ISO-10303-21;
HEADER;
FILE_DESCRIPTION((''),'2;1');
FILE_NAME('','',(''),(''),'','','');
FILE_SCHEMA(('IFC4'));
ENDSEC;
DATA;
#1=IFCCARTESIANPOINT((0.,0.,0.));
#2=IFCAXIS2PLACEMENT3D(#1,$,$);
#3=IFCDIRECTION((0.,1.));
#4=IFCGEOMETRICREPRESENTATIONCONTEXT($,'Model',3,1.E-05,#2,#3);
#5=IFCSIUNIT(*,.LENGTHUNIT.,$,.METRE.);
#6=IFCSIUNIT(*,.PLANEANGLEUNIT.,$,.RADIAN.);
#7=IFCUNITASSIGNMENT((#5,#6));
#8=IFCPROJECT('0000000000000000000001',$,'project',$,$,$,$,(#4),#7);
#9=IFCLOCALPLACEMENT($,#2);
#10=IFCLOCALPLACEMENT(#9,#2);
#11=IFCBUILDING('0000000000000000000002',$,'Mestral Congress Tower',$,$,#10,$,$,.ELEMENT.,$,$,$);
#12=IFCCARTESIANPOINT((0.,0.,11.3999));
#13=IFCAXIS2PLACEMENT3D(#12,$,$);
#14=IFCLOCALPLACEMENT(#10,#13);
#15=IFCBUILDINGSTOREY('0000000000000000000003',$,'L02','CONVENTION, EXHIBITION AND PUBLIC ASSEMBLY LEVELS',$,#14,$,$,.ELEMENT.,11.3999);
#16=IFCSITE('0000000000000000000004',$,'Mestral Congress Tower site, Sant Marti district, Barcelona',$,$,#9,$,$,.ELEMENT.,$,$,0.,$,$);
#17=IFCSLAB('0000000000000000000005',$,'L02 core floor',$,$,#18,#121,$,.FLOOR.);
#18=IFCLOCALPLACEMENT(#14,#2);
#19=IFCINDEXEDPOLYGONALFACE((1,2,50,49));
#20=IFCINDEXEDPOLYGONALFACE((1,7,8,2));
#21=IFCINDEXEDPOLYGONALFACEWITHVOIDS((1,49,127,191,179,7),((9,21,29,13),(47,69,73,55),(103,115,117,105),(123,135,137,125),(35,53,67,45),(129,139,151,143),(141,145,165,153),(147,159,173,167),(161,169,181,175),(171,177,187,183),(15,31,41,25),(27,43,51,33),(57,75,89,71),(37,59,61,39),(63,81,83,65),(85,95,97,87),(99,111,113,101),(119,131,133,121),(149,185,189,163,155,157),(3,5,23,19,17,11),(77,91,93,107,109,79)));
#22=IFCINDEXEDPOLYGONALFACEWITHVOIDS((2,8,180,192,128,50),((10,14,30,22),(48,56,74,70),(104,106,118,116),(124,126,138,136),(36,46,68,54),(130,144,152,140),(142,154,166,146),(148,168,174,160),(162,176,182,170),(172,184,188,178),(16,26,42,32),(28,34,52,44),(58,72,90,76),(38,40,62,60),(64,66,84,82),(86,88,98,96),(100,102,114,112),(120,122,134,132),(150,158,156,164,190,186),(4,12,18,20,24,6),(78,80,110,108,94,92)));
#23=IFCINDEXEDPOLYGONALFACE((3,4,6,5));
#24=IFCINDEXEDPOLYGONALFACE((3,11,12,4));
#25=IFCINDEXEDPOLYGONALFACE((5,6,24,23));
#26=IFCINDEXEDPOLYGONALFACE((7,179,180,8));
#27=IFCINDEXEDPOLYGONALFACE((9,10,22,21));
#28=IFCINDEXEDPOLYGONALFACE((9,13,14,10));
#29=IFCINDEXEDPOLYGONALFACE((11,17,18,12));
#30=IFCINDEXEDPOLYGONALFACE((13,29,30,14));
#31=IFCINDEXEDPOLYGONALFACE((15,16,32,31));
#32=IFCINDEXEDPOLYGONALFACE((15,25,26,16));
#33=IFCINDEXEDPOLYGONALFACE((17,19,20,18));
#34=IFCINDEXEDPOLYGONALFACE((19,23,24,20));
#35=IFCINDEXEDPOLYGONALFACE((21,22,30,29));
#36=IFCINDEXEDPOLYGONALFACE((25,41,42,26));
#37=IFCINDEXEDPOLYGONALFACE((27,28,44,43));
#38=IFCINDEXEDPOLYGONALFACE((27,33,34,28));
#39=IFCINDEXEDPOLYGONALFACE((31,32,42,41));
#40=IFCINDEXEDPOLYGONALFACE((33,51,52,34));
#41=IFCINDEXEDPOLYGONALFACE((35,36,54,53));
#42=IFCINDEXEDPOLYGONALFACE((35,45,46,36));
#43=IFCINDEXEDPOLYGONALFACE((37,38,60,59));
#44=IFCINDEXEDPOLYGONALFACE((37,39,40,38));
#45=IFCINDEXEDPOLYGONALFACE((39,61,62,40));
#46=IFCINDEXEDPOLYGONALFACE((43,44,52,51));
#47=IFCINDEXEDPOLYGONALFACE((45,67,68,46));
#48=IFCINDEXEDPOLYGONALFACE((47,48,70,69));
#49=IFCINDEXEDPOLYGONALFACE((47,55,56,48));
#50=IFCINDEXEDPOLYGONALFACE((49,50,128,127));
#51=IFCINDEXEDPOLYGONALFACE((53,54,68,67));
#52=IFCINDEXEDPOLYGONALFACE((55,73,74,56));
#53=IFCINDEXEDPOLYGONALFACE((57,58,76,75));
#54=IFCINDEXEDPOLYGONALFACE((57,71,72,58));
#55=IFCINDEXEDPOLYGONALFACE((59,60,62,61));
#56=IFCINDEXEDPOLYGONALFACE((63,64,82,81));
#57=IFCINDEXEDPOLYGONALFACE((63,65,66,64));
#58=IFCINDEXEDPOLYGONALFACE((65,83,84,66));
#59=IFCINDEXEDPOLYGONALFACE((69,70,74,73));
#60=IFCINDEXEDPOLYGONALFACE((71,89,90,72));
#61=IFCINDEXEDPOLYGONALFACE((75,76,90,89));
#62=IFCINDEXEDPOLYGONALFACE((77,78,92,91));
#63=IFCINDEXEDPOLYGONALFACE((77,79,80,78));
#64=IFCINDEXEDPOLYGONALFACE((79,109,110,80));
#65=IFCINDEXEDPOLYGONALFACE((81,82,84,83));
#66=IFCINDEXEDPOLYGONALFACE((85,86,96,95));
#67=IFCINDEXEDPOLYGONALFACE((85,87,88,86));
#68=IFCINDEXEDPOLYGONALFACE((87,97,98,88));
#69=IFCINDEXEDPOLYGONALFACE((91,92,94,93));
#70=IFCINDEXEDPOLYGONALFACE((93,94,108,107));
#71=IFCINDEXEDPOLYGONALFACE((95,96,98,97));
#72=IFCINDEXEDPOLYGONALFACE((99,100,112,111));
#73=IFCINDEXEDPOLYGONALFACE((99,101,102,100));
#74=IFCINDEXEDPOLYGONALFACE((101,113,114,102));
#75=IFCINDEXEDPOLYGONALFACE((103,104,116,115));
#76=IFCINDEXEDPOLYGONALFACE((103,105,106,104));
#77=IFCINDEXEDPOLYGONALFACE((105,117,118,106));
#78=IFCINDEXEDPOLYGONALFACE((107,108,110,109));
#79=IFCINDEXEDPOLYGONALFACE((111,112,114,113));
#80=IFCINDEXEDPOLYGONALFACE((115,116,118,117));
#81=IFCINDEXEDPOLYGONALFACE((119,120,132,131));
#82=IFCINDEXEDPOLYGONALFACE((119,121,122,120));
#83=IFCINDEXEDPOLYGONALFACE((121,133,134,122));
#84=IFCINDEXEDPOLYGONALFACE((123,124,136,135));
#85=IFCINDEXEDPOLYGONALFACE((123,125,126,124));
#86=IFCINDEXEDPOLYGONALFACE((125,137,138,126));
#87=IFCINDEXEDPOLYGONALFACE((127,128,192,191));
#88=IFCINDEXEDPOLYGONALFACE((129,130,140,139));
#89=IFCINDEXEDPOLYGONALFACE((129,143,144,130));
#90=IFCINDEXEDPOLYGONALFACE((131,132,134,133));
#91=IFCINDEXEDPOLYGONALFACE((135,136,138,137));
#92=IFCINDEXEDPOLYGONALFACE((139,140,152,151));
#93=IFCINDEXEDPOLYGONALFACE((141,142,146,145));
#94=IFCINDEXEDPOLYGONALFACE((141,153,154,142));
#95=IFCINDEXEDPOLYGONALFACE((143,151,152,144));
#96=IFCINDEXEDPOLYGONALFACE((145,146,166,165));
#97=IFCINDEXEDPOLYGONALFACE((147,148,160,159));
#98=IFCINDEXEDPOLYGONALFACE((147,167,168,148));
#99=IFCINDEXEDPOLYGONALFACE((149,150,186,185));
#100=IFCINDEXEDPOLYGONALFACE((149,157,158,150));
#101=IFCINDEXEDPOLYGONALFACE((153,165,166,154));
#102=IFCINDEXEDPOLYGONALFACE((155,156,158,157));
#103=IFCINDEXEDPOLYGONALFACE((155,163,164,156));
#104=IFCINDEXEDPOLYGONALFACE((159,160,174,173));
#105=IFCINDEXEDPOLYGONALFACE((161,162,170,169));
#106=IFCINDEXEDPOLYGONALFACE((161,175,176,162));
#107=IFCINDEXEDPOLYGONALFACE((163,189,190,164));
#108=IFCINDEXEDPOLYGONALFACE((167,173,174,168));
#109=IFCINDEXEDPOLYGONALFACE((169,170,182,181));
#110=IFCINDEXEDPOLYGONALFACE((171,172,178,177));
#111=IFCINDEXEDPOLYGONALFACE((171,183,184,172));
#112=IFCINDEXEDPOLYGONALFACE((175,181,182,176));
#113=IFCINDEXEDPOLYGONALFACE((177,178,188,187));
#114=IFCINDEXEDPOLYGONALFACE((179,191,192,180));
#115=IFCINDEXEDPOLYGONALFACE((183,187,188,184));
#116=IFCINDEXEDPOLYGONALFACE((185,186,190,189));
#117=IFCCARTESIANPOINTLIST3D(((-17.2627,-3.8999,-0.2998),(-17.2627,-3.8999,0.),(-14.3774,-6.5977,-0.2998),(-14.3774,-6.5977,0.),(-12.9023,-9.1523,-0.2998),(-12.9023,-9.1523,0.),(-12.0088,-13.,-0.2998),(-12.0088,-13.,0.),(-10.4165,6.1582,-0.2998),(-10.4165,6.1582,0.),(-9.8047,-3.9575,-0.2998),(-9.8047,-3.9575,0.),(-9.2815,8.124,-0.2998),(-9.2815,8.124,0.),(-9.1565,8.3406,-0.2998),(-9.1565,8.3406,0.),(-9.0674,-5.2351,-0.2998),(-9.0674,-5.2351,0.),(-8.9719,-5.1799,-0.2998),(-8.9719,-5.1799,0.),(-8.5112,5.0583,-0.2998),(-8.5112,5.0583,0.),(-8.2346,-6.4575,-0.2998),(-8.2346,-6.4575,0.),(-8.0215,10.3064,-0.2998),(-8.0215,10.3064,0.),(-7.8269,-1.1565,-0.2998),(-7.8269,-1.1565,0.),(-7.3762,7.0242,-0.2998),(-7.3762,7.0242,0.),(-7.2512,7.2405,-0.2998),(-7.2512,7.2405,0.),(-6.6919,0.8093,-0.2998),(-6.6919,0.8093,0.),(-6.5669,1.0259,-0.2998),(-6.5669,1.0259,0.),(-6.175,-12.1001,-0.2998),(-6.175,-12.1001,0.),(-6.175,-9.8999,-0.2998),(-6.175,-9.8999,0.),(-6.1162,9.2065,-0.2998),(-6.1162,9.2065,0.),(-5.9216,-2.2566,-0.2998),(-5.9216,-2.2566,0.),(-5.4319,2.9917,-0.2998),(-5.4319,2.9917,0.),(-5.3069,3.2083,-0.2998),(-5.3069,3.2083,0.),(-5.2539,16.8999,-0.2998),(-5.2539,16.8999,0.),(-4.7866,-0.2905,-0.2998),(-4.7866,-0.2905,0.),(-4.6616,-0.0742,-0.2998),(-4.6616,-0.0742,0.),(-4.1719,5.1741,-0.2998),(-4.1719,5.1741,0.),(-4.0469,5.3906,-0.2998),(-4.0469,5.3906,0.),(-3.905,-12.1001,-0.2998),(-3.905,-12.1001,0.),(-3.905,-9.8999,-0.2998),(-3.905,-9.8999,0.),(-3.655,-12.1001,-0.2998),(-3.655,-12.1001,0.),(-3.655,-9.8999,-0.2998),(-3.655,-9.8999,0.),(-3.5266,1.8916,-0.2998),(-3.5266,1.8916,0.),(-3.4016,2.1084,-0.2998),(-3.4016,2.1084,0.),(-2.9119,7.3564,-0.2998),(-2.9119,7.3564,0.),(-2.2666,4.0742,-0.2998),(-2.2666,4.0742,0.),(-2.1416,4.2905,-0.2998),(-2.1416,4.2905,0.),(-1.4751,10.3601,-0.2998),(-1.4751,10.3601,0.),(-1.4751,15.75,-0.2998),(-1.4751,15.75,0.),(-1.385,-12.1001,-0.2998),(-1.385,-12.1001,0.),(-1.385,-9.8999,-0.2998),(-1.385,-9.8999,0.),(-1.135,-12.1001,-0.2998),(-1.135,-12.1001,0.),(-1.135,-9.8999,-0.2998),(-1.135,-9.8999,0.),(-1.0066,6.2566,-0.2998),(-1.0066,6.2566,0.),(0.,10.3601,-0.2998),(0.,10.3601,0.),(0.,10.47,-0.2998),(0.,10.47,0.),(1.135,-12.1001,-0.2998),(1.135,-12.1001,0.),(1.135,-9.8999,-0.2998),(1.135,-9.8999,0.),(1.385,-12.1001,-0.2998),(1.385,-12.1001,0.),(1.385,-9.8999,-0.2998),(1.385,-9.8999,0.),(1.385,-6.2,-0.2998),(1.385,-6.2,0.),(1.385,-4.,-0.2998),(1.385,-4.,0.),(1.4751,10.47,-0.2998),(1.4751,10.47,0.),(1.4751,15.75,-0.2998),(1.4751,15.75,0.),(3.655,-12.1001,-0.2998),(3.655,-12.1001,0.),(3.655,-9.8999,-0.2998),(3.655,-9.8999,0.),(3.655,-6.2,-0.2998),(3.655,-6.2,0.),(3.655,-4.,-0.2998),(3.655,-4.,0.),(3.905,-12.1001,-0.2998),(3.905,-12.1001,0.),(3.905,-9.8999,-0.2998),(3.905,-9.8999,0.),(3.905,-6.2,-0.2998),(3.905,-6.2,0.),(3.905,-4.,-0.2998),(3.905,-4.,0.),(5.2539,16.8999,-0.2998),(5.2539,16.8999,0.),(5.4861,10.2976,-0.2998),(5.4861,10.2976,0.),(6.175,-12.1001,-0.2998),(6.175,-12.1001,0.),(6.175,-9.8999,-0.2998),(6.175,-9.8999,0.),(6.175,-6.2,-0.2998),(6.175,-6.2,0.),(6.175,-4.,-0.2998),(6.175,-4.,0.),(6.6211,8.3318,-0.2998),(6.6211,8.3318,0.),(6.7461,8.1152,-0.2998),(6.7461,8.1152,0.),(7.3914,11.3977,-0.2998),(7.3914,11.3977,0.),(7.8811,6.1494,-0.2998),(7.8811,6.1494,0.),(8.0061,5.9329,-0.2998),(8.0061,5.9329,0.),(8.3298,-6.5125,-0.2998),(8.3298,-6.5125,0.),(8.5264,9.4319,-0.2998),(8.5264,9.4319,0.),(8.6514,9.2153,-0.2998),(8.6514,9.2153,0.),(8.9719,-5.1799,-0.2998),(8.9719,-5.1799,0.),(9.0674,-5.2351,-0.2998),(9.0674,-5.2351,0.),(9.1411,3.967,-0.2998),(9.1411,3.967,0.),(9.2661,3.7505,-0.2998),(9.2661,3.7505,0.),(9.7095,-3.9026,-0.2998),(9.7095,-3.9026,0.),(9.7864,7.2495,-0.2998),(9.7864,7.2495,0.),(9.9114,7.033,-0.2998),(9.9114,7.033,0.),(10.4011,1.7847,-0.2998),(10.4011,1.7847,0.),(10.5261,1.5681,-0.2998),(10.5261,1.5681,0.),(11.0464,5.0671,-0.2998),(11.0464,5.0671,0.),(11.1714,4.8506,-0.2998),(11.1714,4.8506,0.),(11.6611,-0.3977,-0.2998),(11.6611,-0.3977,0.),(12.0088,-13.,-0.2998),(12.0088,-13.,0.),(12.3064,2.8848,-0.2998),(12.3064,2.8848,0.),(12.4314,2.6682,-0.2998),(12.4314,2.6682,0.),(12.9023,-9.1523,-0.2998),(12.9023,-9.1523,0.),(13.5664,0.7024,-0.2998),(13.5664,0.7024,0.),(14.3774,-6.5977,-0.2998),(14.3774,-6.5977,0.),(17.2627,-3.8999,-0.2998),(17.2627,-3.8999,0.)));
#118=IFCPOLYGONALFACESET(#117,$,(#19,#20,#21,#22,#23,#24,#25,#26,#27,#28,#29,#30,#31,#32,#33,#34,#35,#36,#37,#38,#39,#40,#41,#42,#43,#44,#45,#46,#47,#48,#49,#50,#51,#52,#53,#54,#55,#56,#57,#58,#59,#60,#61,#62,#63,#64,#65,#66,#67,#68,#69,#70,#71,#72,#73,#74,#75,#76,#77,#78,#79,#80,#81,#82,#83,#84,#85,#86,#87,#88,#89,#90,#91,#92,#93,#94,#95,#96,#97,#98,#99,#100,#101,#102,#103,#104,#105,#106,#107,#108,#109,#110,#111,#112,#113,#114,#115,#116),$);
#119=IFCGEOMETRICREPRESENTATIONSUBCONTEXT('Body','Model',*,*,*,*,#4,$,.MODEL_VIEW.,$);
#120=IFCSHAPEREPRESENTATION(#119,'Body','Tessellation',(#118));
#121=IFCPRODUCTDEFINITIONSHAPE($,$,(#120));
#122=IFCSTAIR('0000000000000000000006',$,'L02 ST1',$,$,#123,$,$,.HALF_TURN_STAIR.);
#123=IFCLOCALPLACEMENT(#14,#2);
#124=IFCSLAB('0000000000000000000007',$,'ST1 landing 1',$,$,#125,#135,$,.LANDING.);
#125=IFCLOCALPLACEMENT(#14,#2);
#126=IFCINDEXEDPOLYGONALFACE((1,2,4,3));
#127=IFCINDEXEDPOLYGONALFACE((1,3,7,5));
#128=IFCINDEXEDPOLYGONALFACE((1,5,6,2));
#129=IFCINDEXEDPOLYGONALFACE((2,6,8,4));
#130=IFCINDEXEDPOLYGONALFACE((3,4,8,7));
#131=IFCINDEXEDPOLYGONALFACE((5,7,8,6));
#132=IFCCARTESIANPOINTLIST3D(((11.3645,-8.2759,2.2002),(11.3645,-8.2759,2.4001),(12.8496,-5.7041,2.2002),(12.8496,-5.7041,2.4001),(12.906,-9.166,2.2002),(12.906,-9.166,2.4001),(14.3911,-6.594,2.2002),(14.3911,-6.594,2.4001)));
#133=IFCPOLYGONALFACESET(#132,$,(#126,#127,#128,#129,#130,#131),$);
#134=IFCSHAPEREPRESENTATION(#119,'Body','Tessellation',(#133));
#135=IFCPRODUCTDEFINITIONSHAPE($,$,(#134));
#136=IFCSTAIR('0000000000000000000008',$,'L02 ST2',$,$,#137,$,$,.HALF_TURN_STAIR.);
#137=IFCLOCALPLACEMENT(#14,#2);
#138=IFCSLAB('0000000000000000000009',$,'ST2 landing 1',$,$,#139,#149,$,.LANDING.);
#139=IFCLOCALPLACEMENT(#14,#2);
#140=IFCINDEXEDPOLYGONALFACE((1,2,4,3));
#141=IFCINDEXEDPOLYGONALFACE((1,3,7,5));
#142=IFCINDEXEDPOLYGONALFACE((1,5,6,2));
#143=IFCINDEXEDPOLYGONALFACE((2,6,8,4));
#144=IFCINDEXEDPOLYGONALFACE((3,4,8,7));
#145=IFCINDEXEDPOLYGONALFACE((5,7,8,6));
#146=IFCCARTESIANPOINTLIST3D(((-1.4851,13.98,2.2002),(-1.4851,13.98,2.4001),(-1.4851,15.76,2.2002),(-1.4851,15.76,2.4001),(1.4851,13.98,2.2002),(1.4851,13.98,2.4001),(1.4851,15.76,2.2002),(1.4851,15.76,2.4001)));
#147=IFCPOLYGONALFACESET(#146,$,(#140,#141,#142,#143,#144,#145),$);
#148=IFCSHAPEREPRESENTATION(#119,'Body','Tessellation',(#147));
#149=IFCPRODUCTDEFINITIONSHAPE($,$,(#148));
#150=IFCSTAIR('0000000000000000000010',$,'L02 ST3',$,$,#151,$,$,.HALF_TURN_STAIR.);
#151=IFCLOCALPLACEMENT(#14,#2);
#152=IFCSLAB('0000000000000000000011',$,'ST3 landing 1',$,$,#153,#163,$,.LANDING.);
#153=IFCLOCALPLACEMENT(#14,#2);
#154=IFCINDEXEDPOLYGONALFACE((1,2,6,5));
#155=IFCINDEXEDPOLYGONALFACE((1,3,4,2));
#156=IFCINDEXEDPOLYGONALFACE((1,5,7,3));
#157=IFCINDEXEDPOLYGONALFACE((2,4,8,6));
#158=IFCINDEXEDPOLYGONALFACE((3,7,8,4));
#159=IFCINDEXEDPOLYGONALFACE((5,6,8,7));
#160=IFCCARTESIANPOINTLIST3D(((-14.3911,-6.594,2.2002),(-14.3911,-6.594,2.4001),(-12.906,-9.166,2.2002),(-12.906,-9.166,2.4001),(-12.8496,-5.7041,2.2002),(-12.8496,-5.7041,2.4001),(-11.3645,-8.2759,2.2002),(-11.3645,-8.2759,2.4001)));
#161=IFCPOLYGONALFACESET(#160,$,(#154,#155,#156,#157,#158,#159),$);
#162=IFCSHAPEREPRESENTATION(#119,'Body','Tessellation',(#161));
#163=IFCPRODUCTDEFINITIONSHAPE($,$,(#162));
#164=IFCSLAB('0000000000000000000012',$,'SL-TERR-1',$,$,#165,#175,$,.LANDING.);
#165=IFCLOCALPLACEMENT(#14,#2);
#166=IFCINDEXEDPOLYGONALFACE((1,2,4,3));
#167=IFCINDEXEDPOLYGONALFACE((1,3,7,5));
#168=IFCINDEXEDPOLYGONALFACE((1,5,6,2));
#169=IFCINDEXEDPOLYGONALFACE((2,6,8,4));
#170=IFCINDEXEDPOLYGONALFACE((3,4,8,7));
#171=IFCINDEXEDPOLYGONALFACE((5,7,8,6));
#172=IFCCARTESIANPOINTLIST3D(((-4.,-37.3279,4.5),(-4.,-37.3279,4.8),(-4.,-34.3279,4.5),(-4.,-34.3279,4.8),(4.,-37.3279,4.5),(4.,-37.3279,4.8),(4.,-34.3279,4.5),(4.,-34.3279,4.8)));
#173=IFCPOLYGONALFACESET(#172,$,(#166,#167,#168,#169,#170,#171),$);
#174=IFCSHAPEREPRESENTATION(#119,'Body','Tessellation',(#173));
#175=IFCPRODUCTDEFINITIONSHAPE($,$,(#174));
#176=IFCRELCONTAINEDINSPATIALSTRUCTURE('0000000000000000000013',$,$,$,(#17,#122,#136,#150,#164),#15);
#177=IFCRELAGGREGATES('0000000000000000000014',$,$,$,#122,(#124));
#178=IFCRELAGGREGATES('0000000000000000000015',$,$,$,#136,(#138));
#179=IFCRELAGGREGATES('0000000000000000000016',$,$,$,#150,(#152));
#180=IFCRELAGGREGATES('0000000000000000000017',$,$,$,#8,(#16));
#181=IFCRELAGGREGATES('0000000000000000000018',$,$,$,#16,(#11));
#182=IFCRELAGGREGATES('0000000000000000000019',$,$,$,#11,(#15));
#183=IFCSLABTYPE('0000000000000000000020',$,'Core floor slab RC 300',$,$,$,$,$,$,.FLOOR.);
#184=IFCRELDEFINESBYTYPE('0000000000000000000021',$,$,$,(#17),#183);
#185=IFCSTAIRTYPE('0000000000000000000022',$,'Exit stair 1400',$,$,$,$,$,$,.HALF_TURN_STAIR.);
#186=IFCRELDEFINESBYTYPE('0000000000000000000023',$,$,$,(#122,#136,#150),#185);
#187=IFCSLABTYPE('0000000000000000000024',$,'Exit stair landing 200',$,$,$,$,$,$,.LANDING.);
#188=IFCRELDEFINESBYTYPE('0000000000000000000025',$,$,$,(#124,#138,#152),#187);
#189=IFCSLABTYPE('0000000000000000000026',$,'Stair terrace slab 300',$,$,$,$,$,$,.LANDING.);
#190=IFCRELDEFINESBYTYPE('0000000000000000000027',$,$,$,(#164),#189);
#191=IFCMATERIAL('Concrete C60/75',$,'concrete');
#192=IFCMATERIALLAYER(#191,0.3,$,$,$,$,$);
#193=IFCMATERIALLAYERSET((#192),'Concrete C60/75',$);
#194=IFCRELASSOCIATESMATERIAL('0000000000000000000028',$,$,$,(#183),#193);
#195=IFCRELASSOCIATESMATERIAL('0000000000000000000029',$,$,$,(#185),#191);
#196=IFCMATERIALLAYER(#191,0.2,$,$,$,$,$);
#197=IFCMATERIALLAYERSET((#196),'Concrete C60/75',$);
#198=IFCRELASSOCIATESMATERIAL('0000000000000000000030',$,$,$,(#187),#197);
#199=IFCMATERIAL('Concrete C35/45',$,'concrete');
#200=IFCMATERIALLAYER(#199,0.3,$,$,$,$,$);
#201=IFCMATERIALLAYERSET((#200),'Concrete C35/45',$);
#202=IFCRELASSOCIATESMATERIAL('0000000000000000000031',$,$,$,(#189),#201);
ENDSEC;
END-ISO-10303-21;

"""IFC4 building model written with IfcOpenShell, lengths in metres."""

from ifc_helpers import new_model, si_unit, direction, frame, origin, place, context, subcontext, project, spatial, polyline, outline, extrude, material, layer, layer_set, type_object, element, aggregate, save


model = new_model("IFC4")

# Units and contexts
model_context = context("Model", 3, precision=1e-05, world=origin(), true_north=direction((0.0, 1.0)))
body_context = subcontext(model_context, "Body", "Model", "MODEL_VIEW")
ifc_project = project(units=[si_unit("LENGTHUNIT", "METRE"), si_unit("PLANEANGLEUNIT", "RADIAN")], contexts=[model_context])

# Site, building, storey
site_placement = place(None, origin())
site = spatial("IfcSite", under=ifc_project, at=site_placement, Name="Mestral Congress Tower site, Sant Marti district, Barcelona", CompositionType="ELEMENT", RefElevation=0.0)
building_placement = place(site_placement, origin())
building = spatial("IfcBuilding", under=site, at=building_placement, Name="Mestral Congress Tower", CompositionType="ELEMENT")
storey_placement = place(building_placement, frame((0.0, 0.0, 11.3999)))
storey = spatial("IfcBuildingStorey", under=building, at=storey_placement, Name="L02", Description="CONVENTION, EXHIBITION AND PUBLIC ASSEMBLY LEVELS", CompositionType="ELEMENT", Elevation=11.3999)

# Slab
ifc_material_1 = material(Name="Concrete C35/45", Category="concrete")
placement_1 = place(storey_placement, frame((0.0, 0.0, -0.2998)))
ifc_material_2 = material(Name="Concrete C60/75", Category="concrete")
ifc_layer_1 = layer(ifc_material_2, 0.3)
ifc_layer_set_1 = layer_set([ifc_layer_1], Name="Concrete C60/75")
slab_type_1 = type_object("IfcSlabType", Name="Core floor slab RC 300", PredefinedType="FLOOR", material=ifc_layer_set_1)
element("IfcSlab", 1, at=placement_1, inside=storey, type_object=slab_type_1, Name="L02 core floor", PredefinedType="FLOOR", context=body_context, shape_type="SweptSolid", body=[
    extrude(outline(polyline([(12.0088, -13.0), (-12.0088, -13.0), (-17.2627, -3.8999), (-5.2539, 16.8999), (5.2539, 16.8999), (17.2627, -3.8999), (12.0088, -13.0)]), holes=[polyline([(-3.905, -9.8999), (-6.175, -9.8999), (-6.175, -12.1001), (-3.905, -12.1001), (-3.905, -9.8999)]), polyline([(-1.385, -9.8999), (-3.655, -9.8999), (-3.655, -12.1001), (-1.385, -12.1001), (-1.385, -9.8999)]), polyline([(1.135, -9.8999), (-1.135, -9.8999), (-1.135, -12.1001), (1.135, -12.1001), (1.135, -9.8999)]), polyline([(-9.0674, -5.2351), (-9.8047, -3.9575), (-14.3774, -6.5977), (-12.9023, -9.1523), (-8.2346, -6.4575), (-8.9719, -5.1799), (-9.0674, -5.2351)]), polyline([(-7.8269, -1.1565), (-5.9216, -2.2566), (-4.7866, -0.2905), (-6.6919, 0.8093), (-7.8269, -1.1565)]), polyline([(-4.6616, -0.0742), (-3.5266, 1.8916), (-5.4319, 2.9917), (-6.5669, 1.0259), (-4.6616, -0.0742)]), polyline([(-3.4016, 2.1084), (-2.2666, 4.0742), (-4.1719, 5.1741), (-5.3069, 3.2083), (-3.4016, 2.1084)]), polyline([(-2.1416, 4.2905), (-1.0066, 6.2566), (-2.9119, 7.3564), (-4.0469, 5.3906), (-2.1416, 4.2905)]), polyline([(-10.4165, 6.1582), (-8.5112, 5.0583), (-7.3762, 7.0242), (-9.2815, 8.124), (-10.4165, 6.1582)]), polyline([(-9.1565, 8.3406), (-7.2512, 7.2405), (-6.1162, 9.2065), (-8.0215, 10.3064), (-9.1565, 8.3406)]), polyline([(1.4751, 10.47), (1.4751, 15.75), (-1.4751, 15.75), (-1.4751, 10.3601), (0.0, 10.3601), (0.0, 10.47), (1.4751, 10.47)]), polyline([(3.655, -9.8999), (1.385, -9.8999), (1.385, -12.1001), (3.655, -12.1001), (3.655, -9.8999)]), polyline([(6.175, -9.8999), (3.905, -9.8999), (3.905, -12.1001), (6.175, -12.1001), (6.175, -9.8999)]), polyline([(9.0674, -5.2351), (8.3298, -6.5125), (12.9023, -9.1523), (14.3774, -6.5977), (9.7095, -3.9026), (8.9719, -5.1799), (9.0674, -5.2351)]), polyline([(3.655, -6.2), (3.655, -4.0), (1.385, -4.0), (1.385, -6.2), (3.655, -6.2)]), polyline([(6.175, -4.0), (3.905, -4.0), (3.905, -6.2), (6.175, -6.2), (6.175, -4.0)]), polyline([(12.4314, 2.6682), (10.5261, 1.5681), (11.6611, -0.3977), (13.5664, 0.7024), (12.4314, 2.6682)]), polyline([(11.1714, 4.8506), (9.2661, 3.7505), (10.4011, 1.7847), (12.3064, 2.8848), (11.1714, 4.8506)]), polyline([(8.0061, 5.9329), (9.1411, 3.967), (11.0464, 5.0671), (9.9114, 7.033), (8.0061, 5.9329)]), polyline([(8.6514, 9.2153), (6.7461, 8.1152), (7.8811, 6.1494), (9.7864, 7.2495), (8.6514, 9.2153)]), polyline([(7.3914, 11.3977), (5.4861, 10.2976), (6.6211, 8.3318), (8.5264, 9.4319), (7.3914, 11.3977)])]), origin(), (0.0, 0.0, 1.0), 0.2998),
])

# Stairs, slabs
stair_type = type_object("IfcStairType", Name="Exit stair 1400", PredefinedType="HALF_TURN_STAIR", material=ifc_material_2)
placement_2 = place(storey_placement, origin())
stair_1 = element("IfcStair", 2, at=placement_2, inside=storey, type_object=stair_type, Name="L02 ST1", PredefinedType="HALF_TURN_STAIR")
ifc_layer_2 = layer(ifc_material_2, 0.2)
ifc_layer_set_2 = layer_set([ifc_layer_2], Name="Concrete C60/75")
slab_type_2 = type_object("IfcSlabType", Name="Exit stair landing 200", PredefinedType="LANDING", material=ifc_layer_set_2)
placement_3 = place(storey_placement, frame((0.0, 0.0, 2.2002)))
slab_1 = element("IfcSlab", 3, at=placement_3, type_object=slab_type_2, Name="ST1 landing 1", PredefinedType="LANDING", context=body_context, shape_type="SweptSolid", body=[
    extrude(outline(polyline([(11.3645, -8.2759), (12.8496, -5.7041), (14.3911, -6.594), (12.906, -9.166), (11.3645, -8.2759)])), origin(), (0.0, 0.0, 1.0), 0.2),
])
aggregate(stair_1, [slab_1])
stair_2 = element("IfcStair", 4, at=placement_2, inside=storey, type_object=stair_type, Name="L02 ST2", PredefinedType="HALF_TURN_STAIR")
slab_2 = element("IfcSlab", 5, at=placement_3, type_object=slab_type_2, Name="ST2 landing 1", PredefinedType="LANDING", context=body_context, shape_type="SweptSolid", body=[
    extrude(outline(polyline([(1.4851, 13.98), (-1.4851, 13.98), (-1.4851, 15.76), (1.4851, 15.76), (1.4851, 13.98)])), origin(), (0.0, 0.0, 1.0), 0.2),
])
aggregate(stair_2, [slab_2])
stair_3 = element("IfcStair", 6, at=placement_2, inside=storey, type_object=stair_type, Name="L02 ST3", PredefinedType="HALF_TURN_STAIR")
slab_3 = element("IfcSlab", 7, at=placement_3, type_object=slab_type_2, Name="ST3 landing 1", PredefinedType="LANDING", context=body_context, shape_type="SweptSolid", body=[
    extrude(outline(polyline([(-12.8496, -5.7041), (-11.3645, -8.2759), (-12.906, -9.166), (-14.3911, -6.594), (-12.8496, -5.7041)])), origin(), (0.0, 0.0, 1.0), 0.2),
])
aggregate(stair_3, [slab_3])

# Slab
ifc_layer_3 = layer(ifc_material_1, 0.3)
ifc_layer_set_3 = layer_set([ifc_layer_3], Name="Concrete C35/45")
slab_type_3 = type_object("IfcSlabType", Name="Stair terrace slab 300", PredefinedType="LANDING", material=ifc_layer_set_3)
slab_4_placement = place(storey_placement, frame((0.0, 0.0, 4.5)))
element("IfcSlab", 8, at=slab_4_placement, inside=storey, type_object=slab_type_3, Name="SL-TERR-1", PredefinedType="LANDING", context=body_context, shape_type="SweptSolid", body=[
    extrude(outline(polyline([(-4.0, -37.3279), (4.0, -37.3279), (4.0, -34.3279), (-4.0, -34.3279), (-4.0, -37.3279)])), origin(), (0.0, 0.0, 1.0), 0.3),
])

save(model, "model.ifc")
